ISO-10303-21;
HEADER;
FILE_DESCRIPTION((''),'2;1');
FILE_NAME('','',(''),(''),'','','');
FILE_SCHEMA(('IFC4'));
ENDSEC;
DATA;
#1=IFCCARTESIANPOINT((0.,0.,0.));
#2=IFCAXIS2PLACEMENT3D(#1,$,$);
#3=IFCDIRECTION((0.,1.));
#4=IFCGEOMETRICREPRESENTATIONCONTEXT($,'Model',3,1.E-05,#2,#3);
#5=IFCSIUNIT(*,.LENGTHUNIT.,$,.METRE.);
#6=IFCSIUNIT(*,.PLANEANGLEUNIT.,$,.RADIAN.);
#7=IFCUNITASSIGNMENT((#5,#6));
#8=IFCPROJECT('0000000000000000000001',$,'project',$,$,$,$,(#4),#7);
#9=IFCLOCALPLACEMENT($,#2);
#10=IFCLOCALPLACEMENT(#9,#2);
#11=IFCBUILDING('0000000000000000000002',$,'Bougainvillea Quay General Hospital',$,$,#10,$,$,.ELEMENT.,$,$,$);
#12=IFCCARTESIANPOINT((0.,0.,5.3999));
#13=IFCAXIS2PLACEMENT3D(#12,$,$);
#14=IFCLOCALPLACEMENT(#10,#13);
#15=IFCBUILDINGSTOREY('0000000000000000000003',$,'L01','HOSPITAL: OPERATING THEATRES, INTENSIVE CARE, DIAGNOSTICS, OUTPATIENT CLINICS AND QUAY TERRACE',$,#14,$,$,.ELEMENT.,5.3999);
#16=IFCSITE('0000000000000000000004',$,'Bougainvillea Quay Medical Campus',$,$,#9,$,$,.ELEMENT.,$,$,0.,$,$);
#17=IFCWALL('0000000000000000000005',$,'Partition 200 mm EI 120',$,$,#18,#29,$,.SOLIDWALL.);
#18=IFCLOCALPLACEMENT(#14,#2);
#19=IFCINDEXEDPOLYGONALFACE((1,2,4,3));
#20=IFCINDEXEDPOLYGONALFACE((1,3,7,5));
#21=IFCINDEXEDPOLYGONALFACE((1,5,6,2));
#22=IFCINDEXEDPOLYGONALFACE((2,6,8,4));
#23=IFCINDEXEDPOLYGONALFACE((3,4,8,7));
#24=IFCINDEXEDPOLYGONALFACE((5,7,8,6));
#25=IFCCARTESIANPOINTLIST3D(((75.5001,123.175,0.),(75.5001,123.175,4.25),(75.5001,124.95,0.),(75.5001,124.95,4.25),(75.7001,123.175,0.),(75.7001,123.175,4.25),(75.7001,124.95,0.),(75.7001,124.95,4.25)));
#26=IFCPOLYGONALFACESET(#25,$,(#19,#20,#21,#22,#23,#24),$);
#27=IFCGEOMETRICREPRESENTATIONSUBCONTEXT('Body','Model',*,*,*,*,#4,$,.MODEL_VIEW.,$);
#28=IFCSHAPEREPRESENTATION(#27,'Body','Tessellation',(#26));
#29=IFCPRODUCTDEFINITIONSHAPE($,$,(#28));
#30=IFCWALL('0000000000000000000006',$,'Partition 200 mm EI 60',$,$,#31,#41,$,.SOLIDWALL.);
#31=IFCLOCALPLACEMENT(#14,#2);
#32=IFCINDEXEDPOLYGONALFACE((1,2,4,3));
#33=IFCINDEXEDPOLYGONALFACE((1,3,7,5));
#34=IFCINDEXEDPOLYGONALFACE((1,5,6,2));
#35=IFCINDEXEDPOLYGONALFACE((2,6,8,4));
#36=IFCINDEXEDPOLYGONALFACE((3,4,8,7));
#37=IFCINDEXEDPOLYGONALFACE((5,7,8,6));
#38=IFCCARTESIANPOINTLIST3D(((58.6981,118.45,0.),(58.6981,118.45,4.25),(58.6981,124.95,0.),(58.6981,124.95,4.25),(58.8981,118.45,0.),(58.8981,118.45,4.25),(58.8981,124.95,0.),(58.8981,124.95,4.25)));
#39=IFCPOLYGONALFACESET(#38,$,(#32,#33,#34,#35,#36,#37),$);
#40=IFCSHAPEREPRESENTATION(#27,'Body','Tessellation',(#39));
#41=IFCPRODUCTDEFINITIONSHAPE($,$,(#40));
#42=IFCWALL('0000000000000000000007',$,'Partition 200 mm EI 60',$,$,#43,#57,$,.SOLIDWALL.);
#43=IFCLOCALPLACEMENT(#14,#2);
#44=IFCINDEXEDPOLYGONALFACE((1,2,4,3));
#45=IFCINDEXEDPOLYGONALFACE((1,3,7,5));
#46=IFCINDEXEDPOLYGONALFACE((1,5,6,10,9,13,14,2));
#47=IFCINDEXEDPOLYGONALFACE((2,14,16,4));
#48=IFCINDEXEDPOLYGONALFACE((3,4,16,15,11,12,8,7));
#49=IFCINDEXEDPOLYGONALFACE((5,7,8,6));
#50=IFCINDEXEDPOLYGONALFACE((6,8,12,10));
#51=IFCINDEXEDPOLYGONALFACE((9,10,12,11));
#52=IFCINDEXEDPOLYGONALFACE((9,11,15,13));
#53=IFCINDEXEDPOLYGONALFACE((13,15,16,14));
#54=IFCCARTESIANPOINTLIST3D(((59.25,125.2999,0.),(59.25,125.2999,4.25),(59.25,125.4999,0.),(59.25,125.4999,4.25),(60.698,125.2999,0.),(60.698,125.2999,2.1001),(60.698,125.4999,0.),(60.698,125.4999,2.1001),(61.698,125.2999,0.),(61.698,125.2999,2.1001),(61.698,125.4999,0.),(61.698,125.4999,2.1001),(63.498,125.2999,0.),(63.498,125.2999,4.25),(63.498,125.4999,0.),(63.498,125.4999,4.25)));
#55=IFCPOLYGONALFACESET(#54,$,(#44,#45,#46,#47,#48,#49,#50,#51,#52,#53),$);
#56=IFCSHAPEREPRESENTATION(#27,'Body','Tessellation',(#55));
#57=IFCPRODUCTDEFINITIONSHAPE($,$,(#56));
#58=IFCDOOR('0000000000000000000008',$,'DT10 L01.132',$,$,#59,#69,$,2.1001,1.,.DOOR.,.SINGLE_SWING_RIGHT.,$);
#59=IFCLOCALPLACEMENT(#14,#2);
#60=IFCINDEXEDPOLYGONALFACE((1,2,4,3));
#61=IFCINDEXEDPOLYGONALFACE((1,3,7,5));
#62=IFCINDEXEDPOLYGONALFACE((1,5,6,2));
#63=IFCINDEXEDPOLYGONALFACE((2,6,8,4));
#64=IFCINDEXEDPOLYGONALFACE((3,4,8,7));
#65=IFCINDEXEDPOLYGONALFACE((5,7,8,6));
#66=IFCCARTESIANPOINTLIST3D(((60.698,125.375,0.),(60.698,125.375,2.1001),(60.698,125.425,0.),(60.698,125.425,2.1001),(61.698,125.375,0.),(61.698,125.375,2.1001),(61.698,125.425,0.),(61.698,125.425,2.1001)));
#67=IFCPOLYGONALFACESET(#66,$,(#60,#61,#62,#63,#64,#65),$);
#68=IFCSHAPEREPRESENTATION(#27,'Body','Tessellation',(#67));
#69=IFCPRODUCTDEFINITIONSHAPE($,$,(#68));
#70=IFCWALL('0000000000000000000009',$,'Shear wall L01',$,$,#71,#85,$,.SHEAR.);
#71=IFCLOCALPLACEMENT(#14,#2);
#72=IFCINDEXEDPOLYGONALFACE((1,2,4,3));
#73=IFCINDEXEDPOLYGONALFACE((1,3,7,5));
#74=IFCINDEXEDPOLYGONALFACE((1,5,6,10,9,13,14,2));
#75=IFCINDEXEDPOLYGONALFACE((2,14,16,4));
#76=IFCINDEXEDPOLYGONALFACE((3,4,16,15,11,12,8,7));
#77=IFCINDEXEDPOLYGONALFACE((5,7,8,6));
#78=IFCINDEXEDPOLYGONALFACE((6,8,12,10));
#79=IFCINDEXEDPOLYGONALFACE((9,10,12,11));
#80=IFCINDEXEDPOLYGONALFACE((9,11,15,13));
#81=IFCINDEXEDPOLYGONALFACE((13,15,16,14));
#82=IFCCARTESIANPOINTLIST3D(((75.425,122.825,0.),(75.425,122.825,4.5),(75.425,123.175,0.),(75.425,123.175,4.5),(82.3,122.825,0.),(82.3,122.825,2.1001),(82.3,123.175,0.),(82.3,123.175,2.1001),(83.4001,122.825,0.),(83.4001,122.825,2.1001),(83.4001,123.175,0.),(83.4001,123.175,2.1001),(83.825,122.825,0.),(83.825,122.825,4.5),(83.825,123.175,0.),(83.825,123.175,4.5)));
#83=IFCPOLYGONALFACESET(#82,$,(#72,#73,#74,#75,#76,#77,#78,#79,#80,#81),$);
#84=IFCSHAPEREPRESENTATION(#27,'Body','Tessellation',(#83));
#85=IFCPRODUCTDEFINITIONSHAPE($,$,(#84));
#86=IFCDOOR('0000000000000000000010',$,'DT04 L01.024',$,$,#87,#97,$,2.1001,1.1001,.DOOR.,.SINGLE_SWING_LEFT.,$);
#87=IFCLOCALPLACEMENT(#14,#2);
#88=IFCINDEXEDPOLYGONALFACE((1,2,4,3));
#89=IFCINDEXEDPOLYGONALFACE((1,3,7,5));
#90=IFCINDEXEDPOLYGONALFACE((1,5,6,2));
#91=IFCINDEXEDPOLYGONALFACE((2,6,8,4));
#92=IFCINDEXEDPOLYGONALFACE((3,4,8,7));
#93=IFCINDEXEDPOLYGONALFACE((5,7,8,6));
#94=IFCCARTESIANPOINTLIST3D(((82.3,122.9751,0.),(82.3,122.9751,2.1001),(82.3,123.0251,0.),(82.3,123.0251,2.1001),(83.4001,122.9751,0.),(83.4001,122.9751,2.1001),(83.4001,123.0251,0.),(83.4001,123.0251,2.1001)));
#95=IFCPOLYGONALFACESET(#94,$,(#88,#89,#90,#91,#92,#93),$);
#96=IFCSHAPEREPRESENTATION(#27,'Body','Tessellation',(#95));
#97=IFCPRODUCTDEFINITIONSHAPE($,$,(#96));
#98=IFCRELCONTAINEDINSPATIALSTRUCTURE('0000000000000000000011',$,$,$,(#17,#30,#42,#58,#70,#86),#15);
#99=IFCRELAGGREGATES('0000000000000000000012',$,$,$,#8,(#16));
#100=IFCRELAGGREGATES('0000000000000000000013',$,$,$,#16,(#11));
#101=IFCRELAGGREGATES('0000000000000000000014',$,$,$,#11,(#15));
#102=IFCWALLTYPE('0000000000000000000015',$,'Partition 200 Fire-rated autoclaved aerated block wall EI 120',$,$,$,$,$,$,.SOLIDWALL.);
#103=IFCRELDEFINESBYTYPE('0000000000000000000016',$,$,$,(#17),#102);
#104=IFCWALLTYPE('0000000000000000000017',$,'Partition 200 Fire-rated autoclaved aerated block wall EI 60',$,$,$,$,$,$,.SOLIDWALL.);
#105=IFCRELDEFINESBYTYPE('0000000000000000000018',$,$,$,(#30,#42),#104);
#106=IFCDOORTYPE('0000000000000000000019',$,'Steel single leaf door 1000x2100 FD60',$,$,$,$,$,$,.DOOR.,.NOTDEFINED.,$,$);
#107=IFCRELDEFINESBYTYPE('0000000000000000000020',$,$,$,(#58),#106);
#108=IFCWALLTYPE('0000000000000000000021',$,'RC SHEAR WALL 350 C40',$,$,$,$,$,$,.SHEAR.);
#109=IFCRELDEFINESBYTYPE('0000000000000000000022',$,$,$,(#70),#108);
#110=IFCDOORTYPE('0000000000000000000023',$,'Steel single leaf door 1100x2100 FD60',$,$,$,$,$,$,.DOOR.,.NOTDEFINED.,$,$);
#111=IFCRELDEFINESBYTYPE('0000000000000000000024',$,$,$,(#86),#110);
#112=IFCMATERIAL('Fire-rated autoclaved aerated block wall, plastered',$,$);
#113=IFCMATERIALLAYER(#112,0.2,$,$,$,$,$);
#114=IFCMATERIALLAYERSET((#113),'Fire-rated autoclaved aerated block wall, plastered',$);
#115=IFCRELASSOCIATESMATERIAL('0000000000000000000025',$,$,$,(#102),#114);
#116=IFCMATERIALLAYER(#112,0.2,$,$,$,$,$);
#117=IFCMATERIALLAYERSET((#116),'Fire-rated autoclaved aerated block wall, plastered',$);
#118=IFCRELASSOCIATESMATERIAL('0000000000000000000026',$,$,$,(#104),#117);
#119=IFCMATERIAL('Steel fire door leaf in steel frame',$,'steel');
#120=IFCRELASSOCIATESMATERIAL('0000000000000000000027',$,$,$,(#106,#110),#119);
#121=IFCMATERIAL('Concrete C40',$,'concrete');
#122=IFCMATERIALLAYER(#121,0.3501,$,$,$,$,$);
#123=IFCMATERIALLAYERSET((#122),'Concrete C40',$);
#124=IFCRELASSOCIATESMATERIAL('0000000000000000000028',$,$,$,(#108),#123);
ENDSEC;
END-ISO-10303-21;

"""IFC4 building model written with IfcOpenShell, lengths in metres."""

from ifc_helpers import new_model, si_unit, direction, frame, frame_2d, origin, place, context, subcontext, project, spatial, rectangle, extrude, material, layer, layer_set, type_object, element, fill, save


model = new_model("IFC4")

# Units and contexts
model_context = context("Model", 3, precision=1e-05, world=origin(), true_north=direction((0.0, 1.0)))
body_context = subcontext(model_context, "Body", "Model", "MODEL_VIEW")
ifc_project = project(units=[si_unit("LENGTHUNIT", "METRE"), si_unit("PLANEANGLEUNIT", "RADIAN")], contexts=[model_context])

# Site, building, storey
site_placement = place(None, origin())
site = spatial("IfcSite", under=ifc_project, at=site_placement, Name="Bougainvillea Quay Medical Campus", CompositionType="ELEMENT", RefElevation=0.0)
building_placement = place(site_placement, origin())
building = spatial("IfcBuilding", under=site, at=building_placement, Name="Bougainvillea Quay General Hospital", CompositionType="ELEMENT")
storey_placement = place(building_placement, frame((0.0, 0.0, 5.3999)))
storey = spatial("IfcBuildingStorey", under=building, at=storey_placement, Name="L01", Description="HOSPITAL: OPERATING THEATRES, INTENSIVE CARE, DIAGNOSTICS, OUTPATIENT CLINICS AND QUAY TERRACE", CompositionType="ELEMENT", Elevation=5.3999)

# Shared definitions
ifc_material_1 = material(Name="Fire-rated autoclaved aerated block wall, plastered")
ifc_layer_1 = layer(ifc_material_1, 0.2)
ifc_layer_set_1 = layer_set([ifc_layer_1], Name="Fire-rated autoclaved aerated block wall, plastered")
wall_type_1 = type_object("IfcWallType", Name="Partition 200 Fire-rated autoclaved aerated block wall EI 120", PredefinedType="SOLIDWALL", material=ifc_layer_set_1)

# Walls
wall_1_placement = place(storey_placement, frame((75.6001, 123.175, 0.0), z_axis=(0.0, 0.0, 1.0), x_axis=(0.0, 1.0, 0.0)))
element("IfcWall", 1, at=wall_1_placement, inside=storey, type_object=wall_type_1, Name="Partition 200 mm EI 120", PredefinedType="SOLIDWALL", context=body_context, shape_type="SweptSolid", body=[
    extrude(rectangle(XDim=1.7749, YDim=0.2, at=frame_2d((0.8875, 0.0))), origin(), (0.0, 0.0, 1.0), 4.25),
])
ifc_layer_2 = layer(ifc_material_1, 0.2)
ifc_layer_set_2 = layer_set([ifc_layer_2], Name="Fire-rated autoclaved aerated block wall, plastered")
wall_type_2 = type_object("IfcWallType", Name="Partition 200 Fire-rated autoclaved aerated block wall EI 60", PredefinedType="SOLIDWALL", material=ifc_layer_set_2)
wall_2_placement = place(storey_placement, frame((58.7981, 118.45, 0.0), z_axis=(0.0, 0.0, 1.0), x_axis=(0.0, 1.0, 0.0)))
element("IfcWall", 2, at=wall_2_placement, inside=storey, type_object=wall_type_2, Name="Partition 200 mm EI 60", PredefinedType="SOLIDWALL", context=body_context, shape_type="SweptSolid", body=[
    extrude(rectangle(XDim=6.5, YDim=0.2, at=frame_2d((3.25, 0.0))), origin(), (0.0, 0.0, 1.0), 4.25),
])

# Walls, openings, doors
wall_3_placement = place(storey_placement, frame((59.25, 125.3999, 0.0), z_axis=(0.0, 0.0, 1.0), x_axis=(1.0, 0.0, 0.0)))
wall_3 = element("IfcWall", 3, at=wall_3_placement, inside=storey, type_object=wall_type_2, Name="Partition 200 mm EI 60", PredefinedType="SOLIDWALL", context=body_context, shape_type="SweptSolid", body=[
    extrude(rectangle(XDim=4.248, YDim=0.2, at=frame_2d((2.124, 0.0))), origin(), (0.0, 0.0, 1.0), 4.25),
])
opening_1_placement = place(wall_3_placement, frame((1.448, 0.0, 0.0)))
opening_1 = element("IfcOpeningElement", 4, at=opening_1_placement, cuts=wall_3, PredefinedType="OPENING", context=body_context, shape_type="SweptSolid", body=[
    extrude(rectangle(XDim=1.0, YDim=2.1001, at=frame_2d((0.5, 1.05))), frame((0.0, 0.1099, 0.0), z_axis=(0.0, -1.0, 0.0), x_axis=(1.0, 0.0, 0.0)), (0.0, 0.0, 1.0), 0.22),
])
ifc_material_2 = material(Name="Steel fire door leaf in steel frame", Category="steel")
door_type_1 = type_object("IfcDoorType", Name="Steel single leaf door 1000x2100 FD60", OperationType="NOTDEFINED", PredefinedType="DOOR", material=ifc_material_2)
door_1_placement = place(opening_1_placement, frame((1.0, 0.0, 0.0), z_axis=(0.0, 0.0, 1.0), x_axis=(-1.0, 0.0, 0.0)))
door_1 = element("IfcDoor", 5, at=door_1_placement, inside=storey, type_object=door_type_1, Name="DT10 L01.132", OperationType="SINGLE_SWING_RIGHT", OverallHeight=2.1001, OverallWidth=1.0, PredefinedType="DOOR", context=body_context, shape_type="SweptSolid", body=[
    extrude(rectangle(XDim=1.0, YDim=2.1001, at=frame_2d((0.5, 1.05))), frame((0.0, 0.0249, 0.0), z_axis=(0.0, -1.0, 0.0), x_axis=(1.0, 0.0, 0.0)), (0.0, 0.0, 1.0), 0.05),
])
fill(opening_1, door_1)
ifc_material_3 = material(Name="Concrete C40", Category="concrete")
ifc_layer_3 = layer(ifc_material_3, 0.3501)
ifc_layer_set_3 = layer_set([ifc_layer_3], Name="Concrete C40")
wall_type_3 = type_object("IfcWallType", Name="RC SHEAR WALL 350 C40", PredefinedType="SHEAR", material=ifc_layer_set_3)
wall_4_placement = place(storey_placement, frame((75.425, 123.0, 0.0), z_axis=(0.0, 0.0, 1.0), x_axis=(1.0, 0.0, 0.0)))
wall_4 = element("IfcWall", 6, at=wall_4_placement, inside=storey, type_object=wall_type_3, Name="Shear wall L01", PredefinedType="SHEAR", context=body_context, shape_type="SweptSolid", body=[
    extrude(rectangle(XDim=8.3999, YDim=0.3501, at=frame_2d((4.2, 0.0))), origin(), (0.0, 0.0, 1.0), 4.5),
])
opening_2_placement = place(wall_4_placement, frame((6.875, 0.0, 0.0)))
opening_2 = element("IfcOpeningElement", 7, at=opening_2_placement, cuts=wall_4, PredefinedType="OPENING", context=body_context, shape_type="SweptSolid", body=[
    extrude(rectangle(XDim=1.1001, YDim=2.1001, at=frame_2d((0.55, 1.05))), frame((0.0, 0.1851, 0.0), z_axis=(0.0, -1.0, 0.0), x_axis=(1.0, 0.0, 0.0)), (0.0, 0.0, 1.0), 0.3701),
])
door_type_2 = type_object("IfcDoorType", Name="Steel single leaf door 1100x2100 FD60", OperationType="NOTDEFINED", PredefinedType="DOOR", material=ifc_material_2)
door_2_placement = place(opening_2_placement, frame((1.1001, 0.0, 0.0), z_axis=(0.0, 0.0, 1.0), x_axis=(-1.0, 0.0, 0.0)))
door_2 = element("IfcDoor", 8, at=door_2_placement, inside=storey, type_object=door_type_2, Name="DT04 L01.024", OperationType="SINGLE_SWING_LEFT", OverallHeight=2.1001, OverallWidth=1.1001, PredefinedType="DOOR", context=body_context, shape_type="SweptSolid", body=[
    extrude(rectangle(XDim=1.1001, YDim=2.1001, at=frame_2d((0.55, 1.05))), frame((0.0, 0.0249, 0.0), z_axis=(0.0, -1.0, 0.0), x_axis=(1.0, 0.0, 0.0)), (0.0, 0.0, 1.0), 0.05),
])
fill(opening_2, door_2)

save(model, "model.ifc")
